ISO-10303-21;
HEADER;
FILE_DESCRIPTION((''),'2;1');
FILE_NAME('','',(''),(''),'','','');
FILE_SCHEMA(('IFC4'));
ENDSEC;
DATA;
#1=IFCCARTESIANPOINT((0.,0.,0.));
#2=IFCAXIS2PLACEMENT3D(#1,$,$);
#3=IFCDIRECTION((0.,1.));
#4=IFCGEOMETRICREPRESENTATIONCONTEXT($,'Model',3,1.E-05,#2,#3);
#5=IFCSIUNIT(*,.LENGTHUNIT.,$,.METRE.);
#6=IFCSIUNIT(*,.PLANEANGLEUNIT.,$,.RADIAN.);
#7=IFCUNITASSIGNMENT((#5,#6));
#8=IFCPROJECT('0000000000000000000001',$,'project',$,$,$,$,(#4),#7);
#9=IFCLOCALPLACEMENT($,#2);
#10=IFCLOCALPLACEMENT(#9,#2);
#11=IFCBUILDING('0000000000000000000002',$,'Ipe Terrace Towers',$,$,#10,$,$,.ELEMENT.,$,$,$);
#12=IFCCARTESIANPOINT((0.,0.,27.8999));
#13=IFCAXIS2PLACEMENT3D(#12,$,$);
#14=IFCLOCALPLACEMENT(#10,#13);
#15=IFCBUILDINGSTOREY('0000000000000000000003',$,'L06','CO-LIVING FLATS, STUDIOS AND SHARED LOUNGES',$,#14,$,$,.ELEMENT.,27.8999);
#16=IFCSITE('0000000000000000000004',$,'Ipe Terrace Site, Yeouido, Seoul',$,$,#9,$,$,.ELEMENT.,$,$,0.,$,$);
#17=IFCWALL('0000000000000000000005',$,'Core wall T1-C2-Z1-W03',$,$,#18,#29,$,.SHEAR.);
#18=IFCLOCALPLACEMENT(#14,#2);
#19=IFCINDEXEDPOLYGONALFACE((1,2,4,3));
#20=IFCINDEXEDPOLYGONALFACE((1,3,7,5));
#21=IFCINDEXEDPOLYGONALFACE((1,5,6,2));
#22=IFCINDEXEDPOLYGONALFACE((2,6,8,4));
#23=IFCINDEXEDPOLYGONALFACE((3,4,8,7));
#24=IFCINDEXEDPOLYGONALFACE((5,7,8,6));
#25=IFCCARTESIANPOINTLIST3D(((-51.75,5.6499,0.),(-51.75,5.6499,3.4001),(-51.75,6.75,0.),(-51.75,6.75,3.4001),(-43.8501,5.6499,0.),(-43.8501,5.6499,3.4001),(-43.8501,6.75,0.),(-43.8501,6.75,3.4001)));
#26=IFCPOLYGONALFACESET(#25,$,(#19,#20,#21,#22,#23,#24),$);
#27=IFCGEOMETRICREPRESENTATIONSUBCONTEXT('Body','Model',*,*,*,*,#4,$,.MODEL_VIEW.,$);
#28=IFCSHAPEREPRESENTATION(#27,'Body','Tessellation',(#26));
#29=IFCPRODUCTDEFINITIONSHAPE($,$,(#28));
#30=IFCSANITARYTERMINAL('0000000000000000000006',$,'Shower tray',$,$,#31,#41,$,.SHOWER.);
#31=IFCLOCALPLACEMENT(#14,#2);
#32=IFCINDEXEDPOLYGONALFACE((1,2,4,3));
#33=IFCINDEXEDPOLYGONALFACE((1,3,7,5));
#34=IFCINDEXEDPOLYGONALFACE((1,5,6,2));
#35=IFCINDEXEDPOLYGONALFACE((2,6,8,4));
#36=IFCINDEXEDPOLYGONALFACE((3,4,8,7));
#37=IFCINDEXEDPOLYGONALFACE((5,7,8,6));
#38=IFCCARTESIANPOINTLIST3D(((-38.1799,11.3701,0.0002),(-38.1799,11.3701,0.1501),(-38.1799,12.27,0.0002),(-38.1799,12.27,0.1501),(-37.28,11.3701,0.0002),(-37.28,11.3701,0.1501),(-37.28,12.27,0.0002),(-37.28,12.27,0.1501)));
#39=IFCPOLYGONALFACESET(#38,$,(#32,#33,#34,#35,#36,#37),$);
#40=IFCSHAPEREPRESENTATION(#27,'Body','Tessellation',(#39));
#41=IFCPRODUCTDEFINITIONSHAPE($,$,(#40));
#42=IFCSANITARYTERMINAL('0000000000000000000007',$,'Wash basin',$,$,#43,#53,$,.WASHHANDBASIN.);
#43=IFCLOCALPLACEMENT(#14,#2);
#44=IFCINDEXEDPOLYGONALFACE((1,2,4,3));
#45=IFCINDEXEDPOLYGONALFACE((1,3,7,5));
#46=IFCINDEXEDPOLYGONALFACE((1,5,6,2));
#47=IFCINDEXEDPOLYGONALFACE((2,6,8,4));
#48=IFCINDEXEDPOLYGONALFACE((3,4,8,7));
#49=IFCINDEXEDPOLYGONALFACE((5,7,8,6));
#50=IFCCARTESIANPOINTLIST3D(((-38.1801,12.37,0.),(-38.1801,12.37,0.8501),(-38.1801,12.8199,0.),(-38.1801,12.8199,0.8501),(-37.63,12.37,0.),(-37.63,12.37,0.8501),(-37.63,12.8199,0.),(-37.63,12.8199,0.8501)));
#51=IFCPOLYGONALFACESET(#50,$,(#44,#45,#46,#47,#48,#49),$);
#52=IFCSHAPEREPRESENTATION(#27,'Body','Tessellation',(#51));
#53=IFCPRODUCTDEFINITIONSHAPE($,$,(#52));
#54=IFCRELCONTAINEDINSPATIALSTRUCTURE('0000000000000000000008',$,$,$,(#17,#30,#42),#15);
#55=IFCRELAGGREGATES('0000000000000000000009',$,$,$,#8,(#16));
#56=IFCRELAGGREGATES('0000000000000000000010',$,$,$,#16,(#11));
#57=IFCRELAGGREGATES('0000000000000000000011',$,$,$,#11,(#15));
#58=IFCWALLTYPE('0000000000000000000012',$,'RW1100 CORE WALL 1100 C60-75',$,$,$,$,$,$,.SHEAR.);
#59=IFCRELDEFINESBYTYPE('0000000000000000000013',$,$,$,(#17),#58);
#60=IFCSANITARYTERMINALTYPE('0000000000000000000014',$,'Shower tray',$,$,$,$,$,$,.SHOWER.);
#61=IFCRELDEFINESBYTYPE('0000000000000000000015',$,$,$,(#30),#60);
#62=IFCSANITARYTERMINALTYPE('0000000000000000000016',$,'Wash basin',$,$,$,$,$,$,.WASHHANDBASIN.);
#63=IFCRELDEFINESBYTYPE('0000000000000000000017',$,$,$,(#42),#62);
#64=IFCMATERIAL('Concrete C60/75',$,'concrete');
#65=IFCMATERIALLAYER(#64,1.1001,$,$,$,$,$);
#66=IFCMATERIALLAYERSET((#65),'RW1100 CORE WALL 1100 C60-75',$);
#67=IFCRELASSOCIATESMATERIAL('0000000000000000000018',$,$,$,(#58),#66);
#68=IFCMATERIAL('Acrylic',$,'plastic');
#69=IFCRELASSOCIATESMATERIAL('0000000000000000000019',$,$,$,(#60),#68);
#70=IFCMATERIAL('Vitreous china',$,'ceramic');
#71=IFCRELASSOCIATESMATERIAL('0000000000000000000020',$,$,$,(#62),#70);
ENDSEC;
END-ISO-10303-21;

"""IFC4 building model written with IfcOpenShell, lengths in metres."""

from ifc_helpers import new_model, si_unit, direction, frame, frame_2d, origin, origin_2d, place, context, subcontext, project, spatial, rectangle, extrude, material, layer, layer_set, type_object, element, save


model = new_model("IFC4")

# Units and contexts
model_context = context("Model", 3, precision=1e-05, world=origin(), true_north=direction((0.0, 1.0)))
body_context = subcontext(model_context, "Body", "Model", "MODEL_VIEW")
ifc_project = project(units=[si_unit("LENGTHUNIT", "METRE"), si_unit("PLANEANGLEUNIT", "RADIAN")], contexts=[model_context])

# Site, building, storey
site_placement = place(None, origin())
site = spatial("IfcSite", under=ifc_project, at=site_placement, Name="Ipe Terrace Site, Yeouido, Seoul", CompositionType="ELEMENT", RefElevation=0.0)
building_placement = place(site_placement, origin())
building = spatial("IfcBuilding", under=site, at=building_placement, Name="Ipe Terrace Towers", CompositionType="ELEMENT")
storey_placement = place(building_placement, frame((0.0, 0.0, 27.8999)))
storey = spatial("IfcBuildingStorey", under=building, at=storey_placement, Name="L06", Description="CO-LIVING FLATS, STUDIOS AND SHARED LOUNGES", CompositionType="ELEMENT", Elevation=27.8999)

# Wall
ifc_material_1 = material(Name="Concrete C60/75", Category="concrete")
ifc_layer_1 = layer(ifc_material_1, 1.1001)
ifc_layer_set_1 = layer_set([ifc_layer_1], Name="RW1100 CORE WALL 1100 C60-75")
wall_type_1 = type_object("IfcWallType", Name="RW1100 CORE WALL 1100 C60-75", PredefinedType="SHEAR", material=ifc_layer_set_1)
wall_1_placement = place(storey_placement, frame((-43.8501, 6.2, 0.0), z_axis=(0.0, 0.0, 1.0), x_axis=(-1.0, 0.0, 0.0)))
element("IfcWall", 1, at=wall_1_placement, inside=storey, type_object=wall_type_1, Name="Core wall T1-C2-Z1-W03", PredefinedType="SHEAR", context=body_context, shape_type="SweptSolid", body=[
    extrude(rectangle(XDim=7.8999, YDim=1.1001, at=frame_2d((3.95, 0.0))), origin(), (0.0, 0.0, 1.0), 3.4001),
])

# Sanitary terminals
ifc_material_2 = material(Name="Acrylic", Category="plastic")
sanitary_terminal_type_1 = type_object("IfcSanitaryTerminalType", Name="Shower tray", PredefinedType="SHOWER", material=ifc_material_2)
sanitary_terminal_1_placement = place(storey_placement, frame((-37.73, 11.8201, 0.0002), z_axis=(0.0, 0.0, 1.0), x_axis=(1.0, 0.0, 0.0)))
element("IfcSanitaryTerminal", 2, at=sanitary_terminal_1_placement, inside=storey, type_object=sanitary_terminal_type_1, Name="Shower tray", PredefinedType="SHOWER", context=body_context, shape_type="SweptSolid", body=[
    extrude(rectangle(XDim=0.8999, YDim=0.8999, at=origin_2d()), origin(), (0.0, 0.0, 1.0), 0.1499),
])
ifc_material_3 = material(Name="Vitreous china", Category="ceramic")
sanitary_terminal_type_2 = type_object("IfcSanitaryTerminalType", Name="Wash basin", PredefinedType="WASHHANDBASIN", material=ifc_material_3)
sanitary_terminal_2_placement = place(storey_placement, frame((-37.905, 12.595, 0.0), z_axis=(0.0, 0.0, 1.0), x_axis=(1.0, 0.0, 0.0)))
element("IfcSanitaryTerminal", 3, at=sanitary_terminal_2_placement, inside=storey, type_object=sanitary_terminal_type_2, Name="Wash basin", PredefinedType="WASHHANDBASIN", context=body_context, shape_type="SweptSolid", body=[
    extrude(rectangle(XDim=0.55, YDim=0.45, at=origin_2d()), origin(), (0.0, 0.0, 1.0), 0.8501),
])

save(model, "model.ifc")
